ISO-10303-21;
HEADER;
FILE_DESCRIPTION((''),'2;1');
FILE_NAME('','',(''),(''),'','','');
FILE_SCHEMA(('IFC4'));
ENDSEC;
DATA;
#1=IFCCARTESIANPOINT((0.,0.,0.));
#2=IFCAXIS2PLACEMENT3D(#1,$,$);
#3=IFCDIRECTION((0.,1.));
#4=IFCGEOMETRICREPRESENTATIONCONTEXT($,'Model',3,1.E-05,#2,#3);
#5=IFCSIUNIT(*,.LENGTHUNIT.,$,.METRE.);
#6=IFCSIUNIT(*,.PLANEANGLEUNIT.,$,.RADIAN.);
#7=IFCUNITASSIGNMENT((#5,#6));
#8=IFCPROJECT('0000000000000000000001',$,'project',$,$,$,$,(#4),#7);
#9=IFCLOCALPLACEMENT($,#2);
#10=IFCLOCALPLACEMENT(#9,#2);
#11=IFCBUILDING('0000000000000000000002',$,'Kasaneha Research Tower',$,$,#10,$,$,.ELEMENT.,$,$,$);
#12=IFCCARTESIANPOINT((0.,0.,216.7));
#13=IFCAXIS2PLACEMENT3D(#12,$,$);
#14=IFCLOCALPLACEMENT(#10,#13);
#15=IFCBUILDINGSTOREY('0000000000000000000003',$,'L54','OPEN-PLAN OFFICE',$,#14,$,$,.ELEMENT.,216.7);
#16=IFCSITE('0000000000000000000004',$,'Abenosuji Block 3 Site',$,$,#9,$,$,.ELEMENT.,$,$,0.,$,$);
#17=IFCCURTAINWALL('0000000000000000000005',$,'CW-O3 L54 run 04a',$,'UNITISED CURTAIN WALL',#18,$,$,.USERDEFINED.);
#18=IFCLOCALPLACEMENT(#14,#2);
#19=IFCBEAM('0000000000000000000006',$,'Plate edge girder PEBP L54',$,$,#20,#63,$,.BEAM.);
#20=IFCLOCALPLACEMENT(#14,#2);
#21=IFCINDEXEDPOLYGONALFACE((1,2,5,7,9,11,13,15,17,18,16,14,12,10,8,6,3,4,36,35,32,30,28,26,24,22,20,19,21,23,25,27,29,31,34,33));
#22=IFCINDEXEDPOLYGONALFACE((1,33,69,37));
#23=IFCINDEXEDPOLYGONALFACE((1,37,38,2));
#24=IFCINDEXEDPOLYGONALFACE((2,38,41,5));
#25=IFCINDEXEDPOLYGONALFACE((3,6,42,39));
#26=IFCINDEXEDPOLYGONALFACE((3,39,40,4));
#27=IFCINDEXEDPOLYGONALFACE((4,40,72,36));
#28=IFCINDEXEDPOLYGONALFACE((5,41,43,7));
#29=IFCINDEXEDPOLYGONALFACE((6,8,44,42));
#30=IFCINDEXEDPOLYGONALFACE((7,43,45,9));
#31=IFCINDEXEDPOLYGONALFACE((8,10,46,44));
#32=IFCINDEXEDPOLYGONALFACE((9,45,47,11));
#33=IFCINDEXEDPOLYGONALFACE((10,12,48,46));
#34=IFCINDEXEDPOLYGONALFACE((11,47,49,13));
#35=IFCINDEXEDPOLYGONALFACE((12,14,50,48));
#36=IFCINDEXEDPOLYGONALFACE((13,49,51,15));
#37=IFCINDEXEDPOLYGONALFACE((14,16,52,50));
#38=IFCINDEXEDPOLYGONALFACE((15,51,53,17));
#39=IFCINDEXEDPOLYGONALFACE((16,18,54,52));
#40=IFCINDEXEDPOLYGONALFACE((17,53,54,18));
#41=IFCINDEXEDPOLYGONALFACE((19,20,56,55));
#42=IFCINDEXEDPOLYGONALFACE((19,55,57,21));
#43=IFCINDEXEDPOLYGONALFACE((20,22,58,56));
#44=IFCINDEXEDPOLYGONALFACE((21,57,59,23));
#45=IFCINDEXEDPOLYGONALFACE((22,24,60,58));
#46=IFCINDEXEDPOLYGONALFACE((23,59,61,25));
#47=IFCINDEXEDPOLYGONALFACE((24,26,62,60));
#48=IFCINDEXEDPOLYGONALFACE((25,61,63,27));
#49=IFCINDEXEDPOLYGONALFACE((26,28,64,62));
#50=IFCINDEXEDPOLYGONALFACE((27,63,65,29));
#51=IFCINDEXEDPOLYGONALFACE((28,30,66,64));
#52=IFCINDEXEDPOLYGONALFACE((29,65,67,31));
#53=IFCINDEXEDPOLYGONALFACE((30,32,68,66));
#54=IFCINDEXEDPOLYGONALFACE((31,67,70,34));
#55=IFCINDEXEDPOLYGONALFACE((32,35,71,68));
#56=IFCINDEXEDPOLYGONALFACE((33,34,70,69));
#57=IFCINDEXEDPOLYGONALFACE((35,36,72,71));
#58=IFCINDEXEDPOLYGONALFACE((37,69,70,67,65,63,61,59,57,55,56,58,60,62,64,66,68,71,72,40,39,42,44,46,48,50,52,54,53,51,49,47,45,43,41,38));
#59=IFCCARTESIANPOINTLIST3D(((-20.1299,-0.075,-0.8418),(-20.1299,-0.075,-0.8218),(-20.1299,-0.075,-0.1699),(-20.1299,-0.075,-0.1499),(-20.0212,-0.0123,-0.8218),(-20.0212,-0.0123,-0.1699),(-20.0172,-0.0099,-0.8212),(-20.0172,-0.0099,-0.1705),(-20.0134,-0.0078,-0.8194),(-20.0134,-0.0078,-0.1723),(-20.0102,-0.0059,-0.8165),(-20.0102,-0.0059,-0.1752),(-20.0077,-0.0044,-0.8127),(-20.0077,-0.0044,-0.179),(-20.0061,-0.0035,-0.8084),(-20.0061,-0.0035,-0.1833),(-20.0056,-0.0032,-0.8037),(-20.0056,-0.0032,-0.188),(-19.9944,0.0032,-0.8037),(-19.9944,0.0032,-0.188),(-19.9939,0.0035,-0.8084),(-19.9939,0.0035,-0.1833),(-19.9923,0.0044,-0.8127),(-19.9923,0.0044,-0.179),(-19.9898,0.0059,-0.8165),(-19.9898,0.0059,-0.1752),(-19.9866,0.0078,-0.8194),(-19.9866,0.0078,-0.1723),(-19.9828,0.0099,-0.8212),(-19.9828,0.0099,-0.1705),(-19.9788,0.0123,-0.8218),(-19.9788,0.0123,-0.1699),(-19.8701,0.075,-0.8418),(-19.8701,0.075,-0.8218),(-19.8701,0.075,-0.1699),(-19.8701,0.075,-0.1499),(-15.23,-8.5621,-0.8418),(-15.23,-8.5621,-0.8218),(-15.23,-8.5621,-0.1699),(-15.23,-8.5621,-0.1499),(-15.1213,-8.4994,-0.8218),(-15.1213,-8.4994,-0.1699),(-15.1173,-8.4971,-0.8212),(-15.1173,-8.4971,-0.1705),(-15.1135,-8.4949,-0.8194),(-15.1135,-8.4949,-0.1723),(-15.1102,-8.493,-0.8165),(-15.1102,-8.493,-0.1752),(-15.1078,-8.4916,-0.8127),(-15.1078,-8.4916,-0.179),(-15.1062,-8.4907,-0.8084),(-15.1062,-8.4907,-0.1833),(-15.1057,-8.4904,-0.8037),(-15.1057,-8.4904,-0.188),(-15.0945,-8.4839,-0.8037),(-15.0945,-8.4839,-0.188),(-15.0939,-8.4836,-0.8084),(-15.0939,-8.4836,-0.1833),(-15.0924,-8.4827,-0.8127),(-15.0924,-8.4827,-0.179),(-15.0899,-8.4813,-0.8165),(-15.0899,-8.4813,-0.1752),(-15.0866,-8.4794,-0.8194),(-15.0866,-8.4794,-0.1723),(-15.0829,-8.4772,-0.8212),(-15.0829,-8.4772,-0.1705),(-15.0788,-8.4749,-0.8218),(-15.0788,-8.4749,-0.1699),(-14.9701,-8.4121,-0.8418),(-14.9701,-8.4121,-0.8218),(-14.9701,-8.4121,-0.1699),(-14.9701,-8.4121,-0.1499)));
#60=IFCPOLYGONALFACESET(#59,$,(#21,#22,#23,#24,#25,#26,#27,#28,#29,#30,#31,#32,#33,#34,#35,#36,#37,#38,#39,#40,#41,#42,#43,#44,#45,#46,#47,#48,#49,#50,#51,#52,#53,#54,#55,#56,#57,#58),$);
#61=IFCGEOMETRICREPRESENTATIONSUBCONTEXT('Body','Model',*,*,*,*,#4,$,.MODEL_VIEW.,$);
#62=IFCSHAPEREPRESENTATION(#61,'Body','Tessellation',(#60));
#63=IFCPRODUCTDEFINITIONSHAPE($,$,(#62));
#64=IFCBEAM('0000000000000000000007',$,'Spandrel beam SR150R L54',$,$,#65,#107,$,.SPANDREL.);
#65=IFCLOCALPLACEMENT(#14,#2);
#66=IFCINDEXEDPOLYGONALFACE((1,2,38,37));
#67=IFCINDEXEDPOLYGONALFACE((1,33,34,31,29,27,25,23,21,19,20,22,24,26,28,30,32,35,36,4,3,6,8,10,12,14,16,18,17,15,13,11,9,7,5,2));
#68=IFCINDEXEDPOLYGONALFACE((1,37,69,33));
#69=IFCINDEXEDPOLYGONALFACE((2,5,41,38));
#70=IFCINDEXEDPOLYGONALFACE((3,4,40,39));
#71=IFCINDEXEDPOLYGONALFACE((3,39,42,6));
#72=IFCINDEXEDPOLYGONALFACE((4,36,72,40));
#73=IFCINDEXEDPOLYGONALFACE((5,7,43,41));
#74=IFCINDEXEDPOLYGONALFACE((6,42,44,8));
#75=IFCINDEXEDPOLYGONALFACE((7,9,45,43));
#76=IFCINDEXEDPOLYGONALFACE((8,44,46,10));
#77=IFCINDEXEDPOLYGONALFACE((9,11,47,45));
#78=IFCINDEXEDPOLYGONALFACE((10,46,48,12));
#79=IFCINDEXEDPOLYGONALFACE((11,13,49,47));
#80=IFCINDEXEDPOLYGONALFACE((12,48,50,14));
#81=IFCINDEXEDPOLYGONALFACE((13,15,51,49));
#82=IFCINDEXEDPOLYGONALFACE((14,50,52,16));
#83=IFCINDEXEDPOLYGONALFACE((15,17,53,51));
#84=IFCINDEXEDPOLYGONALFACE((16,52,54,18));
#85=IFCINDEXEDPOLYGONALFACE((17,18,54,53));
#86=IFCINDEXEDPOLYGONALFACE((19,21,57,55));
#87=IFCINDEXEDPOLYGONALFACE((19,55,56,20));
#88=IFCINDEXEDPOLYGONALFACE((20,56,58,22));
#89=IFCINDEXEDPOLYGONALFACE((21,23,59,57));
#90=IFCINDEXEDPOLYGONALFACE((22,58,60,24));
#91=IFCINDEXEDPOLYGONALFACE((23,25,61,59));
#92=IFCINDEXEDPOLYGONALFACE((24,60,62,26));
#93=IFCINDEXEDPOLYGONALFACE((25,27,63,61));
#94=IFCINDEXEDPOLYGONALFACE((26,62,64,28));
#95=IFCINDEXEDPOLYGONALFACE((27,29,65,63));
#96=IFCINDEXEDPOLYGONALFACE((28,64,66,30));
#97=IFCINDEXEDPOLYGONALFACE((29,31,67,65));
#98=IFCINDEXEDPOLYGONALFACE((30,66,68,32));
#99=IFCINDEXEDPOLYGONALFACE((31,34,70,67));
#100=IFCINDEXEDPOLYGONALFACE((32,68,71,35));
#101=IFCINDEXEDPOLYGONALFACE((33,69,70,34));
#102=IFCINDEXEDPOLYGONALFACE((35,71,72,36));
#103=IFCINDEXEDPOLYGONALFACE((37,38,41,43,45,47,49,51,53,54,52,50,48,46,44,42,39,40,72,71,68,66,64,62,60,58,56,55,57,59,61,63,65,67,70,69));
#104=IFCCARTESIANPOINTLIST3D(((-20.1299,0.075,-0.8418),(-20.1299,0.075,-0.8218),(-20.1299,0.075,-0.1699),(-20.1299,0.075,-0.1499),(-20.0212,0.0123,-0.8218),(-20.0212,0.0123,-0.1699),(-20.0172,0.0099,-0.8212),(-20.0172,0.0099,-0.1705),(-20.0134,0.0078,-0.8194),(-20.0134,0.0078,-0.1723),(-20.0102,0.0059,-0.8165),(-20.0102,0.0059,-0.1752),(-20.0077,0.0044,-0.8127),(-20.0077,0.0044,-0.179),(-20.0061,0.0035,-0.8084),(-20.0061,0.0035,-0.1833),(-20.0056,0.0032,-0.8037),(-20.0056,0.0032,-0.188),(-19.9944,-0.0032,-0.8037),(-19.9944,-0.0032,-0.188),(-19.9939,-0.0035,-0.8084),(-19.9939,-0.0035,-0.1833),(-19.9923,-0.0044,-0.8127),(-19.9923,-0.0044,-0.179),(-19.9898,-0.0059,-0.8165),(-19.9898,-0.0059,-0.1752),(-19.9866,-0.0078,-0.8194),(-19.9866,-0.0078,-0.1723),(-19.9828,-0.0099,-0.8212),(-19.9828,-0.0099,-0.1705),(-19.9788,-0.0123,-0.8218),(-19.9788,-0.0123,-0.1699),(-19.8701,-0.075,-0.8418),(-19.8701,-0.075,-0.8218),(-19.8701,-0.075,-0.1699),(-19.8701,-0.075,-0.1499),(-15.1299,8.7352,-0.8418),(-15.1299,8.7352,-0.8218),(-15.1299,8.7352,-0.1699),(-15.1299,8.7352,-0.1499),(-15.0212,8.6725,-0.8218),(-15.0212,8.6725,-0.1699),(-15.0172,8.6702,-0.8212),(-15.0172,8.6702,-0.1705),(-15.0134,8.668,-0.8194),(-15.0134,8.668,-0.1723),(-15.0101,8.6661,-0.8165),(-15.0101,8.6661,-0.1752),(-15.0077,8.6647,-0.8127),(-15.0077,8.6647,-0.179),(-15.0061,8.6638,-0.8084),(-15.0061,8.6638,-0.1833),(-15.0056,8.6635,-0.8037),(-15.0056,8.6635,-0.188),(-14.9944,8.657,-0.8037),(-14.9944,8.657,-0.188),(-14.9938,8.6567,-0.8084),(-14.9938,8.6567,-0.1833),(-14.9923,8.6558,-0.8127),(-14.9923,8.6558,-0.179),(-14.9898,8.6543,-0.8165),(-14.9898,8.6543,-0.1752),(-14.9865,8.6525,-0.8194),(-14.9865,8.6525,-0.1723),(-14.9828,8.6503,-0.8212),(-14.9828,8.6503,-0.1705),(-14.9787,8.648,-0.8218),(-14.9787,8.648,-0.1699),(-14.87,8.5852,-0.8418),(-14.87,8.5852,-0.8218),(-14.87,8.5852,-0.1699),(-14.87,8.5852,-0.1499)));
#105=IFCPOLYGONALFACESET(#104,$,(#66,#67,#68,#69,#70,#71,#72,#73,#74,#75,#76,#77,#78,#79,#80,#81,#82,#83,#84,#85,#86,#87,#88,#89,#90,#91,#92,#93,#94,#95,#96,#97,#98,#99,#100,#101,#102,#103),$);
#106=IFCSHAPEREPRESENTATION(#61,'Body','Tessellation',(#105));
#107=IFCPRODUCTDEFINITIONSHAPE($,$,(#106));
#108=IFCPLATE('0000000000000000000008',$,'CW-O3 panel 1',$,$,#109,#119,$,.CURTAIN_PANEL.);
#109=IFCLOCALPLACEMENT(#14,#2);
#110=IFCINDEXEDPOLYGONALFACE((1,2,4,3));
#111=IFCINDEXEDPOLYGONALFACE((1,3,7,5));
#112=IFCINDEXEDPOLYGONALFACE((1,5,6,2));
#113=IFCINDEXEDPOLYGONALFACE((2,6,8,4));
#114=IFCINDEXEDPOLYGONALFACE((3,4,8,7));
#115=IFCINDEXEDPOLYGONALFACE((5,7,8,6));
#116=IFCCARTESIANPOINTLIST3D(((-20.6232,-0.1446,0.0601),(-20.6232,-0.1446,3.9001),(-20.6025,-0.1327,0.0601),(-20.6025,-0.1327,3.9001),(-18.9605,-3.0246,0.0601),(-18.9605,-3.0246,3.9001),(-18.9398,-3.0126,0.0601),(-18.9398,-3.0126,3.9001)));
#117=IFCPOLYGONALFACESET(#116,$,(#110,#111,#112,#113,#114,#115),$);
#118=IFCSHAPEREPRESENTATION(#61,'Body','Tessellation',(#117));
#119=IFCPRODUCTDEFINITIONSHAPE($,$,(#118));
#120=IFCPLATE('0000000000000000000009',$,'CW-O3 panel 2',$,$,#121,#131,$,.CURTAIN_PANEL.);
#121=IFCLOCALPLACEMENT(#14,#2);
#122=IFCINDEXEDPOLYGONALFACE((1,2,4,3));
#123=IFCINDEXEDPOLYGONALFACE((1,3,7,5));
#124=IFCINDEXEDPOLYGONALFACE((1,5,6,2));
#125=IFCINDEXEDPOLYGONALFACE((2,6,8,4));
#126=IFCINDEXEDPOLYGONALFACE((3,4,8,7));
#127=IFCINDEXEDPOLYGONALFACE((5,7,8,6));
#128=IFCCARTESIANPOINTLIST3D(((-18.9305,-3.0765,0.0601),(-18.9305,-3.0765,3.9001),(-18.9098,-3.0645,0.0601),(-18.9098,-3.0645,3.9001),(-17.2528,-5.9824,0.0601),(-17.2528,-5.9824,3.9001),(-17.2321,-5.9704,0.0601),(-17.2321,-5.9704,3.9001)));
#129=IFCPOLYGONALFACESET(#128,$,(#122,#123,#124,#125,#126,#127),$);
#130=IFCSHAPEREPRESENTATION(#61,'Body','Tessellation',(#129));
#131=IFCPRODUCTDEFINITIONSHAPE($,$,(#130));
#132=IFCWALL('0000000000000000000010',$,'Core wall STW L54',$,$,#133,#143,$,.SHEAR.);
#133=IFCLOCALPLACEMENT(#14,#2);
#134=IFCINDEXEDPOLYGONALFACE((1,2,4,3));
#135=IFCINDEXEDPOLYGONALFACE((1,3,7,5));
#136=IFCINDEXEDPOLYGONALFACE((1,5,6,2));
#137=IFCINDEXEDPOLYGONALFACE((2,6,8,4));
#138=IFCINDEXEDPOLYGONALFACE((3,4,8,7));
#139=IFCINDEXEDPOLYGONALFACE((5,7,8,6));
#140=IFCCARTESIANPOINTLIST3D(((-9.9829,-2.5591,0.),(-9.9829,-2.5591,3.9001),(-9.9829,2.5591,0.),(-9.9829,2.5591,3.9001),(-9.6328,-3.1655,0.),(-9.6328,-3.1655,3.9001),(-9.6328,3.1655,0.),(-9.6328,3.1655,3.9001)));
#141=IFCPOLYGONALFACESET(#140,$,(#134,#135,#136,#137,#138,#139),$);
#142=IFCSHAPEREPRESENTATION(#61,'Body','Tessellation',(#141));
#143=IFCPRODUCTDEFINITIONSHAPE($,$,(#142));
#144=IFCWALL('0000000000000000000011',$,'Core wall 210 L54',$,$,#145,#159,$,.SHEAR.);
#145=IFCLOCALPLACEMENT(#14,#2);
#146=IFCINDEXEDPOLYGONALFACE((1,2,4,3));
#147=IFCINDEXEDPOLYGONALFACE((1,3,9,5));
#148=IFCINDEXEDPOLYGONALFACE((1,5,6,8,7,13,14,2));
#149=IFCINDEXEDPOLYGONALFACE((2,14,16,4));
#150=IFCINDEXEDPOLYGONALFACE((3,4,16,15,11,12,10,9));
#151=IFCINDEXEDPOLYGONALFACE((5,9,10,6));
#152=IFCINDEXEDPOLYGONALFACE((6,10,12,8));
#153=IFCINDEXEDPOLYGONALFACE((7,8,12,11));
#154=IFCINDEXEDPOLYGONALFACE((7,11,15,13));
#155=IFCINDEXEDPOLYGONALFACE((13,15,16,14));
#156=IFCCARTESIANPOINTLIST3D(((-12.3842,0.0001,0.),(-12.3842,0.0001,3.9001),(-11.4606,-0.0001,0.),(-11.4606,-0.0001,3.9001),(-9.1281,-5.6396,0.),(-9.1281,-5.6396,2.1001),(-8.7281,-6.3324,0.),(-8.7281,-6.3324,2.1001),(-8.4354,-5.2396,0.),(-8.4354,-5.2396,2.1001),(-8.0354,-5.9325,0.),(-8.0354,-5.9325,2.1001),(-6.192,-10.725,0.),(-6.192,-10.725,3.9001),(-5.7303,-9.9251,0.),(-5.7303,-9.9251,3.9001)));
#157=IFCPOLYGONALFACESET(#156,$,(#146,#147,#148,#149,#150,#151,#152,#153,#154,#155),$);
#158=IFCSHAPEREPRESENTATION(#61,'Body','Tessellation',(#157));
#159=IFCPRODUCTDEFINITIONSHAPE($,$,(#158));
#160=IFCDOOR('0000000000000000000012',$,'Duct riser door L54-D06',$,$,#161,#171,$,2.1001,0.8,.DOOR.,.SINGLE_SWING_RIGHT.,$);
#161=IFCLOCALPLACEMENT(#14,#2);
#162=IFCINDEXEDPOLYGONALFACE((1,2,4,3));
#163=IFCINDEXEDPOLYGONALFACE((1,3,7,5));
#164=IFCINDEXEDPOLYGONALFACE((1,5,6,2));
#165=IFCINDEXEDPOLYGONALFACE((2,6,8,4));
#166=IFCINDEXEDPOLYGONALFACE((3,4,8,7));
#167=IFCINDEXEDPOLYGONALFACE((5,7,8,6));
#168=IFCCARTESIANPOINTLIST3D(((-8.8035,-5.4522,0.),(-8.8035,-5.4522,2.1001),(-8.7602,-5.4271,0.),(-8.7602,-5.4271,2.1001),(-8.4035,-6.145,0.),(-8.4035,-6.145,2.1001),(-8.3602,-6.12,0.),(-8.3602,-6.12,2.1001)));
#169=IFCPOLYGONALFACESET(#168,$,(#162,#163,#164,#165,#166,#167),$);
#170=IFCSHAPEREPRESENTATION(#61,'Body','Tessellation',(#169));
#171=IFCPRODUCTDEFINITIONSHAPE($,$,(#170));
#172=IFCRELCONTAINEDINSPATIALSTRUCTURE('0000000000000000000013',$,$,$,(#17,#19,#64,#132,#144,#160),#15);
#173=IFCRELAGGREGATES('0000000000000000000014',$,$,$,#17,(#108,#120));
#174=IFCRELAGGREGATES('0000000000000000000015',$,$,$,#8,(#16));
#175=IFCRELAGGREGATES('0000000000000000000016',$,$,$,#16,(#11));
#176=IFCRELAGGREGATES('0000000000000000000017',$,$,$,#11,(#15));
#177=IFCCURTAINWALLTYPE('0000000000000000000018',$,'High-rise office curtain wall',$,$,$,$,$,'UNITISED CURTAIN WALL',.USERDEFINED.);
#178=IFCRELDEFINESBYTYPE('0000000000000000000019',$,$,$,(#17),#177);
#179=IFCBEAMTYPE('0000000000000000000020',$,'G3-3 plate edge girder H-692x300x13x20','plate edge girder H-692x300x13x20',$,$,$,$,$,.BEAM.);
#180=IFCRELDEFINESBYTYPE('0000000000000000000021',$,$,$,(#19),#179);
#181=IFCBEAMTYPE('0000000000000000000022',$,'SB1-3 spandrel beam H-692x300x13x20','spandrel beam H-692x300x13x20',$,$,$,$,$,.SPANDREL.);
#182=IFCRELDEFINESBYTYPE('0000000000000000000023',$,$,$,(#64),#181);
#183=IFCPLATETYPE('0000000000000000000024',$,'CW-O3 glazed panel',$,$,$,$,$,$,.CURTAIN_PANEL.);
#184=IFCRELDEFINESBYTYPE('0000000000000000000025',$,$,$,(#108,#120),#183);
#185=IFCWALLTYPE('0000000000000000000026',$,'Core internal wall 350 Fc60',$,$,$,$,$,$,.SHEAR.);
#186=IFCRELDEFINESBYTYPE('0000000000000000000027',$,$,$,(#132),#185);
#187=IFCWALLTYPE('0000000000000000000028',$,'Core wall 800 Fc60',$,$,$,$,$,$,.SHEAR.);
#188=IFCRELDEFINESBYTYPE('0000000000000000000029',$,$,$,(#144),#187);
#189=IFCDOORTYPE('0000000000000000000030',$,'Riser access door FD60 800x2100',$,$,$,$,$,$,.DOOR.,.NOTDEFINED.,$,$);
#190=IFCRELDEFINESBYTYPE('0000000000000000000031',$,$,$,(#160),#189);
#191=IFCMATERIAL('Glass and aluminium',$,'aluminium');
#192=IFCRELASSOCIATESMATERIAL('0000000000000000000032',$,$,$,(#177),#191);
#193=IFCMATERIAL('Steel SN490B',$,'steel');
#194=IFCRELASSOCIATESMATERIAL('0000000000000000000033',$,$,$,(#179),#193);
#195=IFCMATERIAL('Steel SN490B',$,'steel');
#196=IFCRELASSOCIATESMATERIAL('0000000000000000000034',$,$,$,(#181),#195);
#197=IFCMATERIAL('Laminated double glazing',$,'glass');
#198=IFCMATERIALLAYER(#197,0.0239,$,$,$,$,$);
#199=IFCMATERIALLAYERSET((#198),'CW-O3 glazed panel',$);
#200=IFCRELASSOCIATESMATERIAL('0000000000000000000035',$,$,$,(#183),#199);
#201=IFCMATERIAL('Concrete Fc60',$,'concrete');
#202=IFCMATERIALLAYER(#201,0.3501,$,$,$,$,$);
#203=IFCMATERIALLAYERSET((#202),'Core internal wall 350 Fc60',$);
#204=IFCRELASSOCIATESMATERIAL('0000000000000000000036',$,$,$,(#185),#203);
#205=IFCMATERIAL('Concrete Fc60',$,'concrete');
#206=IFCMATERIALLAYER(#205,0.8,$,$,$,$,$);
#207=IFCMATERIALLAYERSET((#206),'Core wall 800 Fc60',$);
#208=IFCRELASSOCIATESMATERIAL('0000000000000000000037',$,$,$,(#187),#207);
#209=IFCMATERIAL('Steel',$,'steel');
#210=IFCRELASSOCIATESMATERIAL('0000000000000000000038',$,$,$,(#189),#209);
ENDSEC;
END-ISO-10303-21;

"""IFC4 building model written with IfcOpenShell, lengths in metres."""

from ifc_helpers import new_model, si_unit, direction, frame, frame_2d, origin, origin_2d, place, context, subcontext, project, spatial, polyline, rectangle, i_section, outline, extrude, material, layer, layer_set, material_profile, profile_set, type_object, element, fill, aggregate, save


model = new_model("IFC4")

# Units and contexts
model_context = context("Model", 3, precision=1e-05, world=origin(), true_north=direction((0.0, 1.0)))
body_context = subcontext(model_context, "Body", "Model", "MODEL_VIEW")
ifc_project = project(units=[si_unit("LENGTHUNIT", "METRE"), si_unit("PLANEANGLEUNIT", "RADIAN")], contexts=[model_context])

# Site, building, storey
site_placement = place(None, origin())
site = spatial("IfcSite", under=ifc_project, at=site_placement, Name="Abenosuji Block 3 Site", CompositionType="ELEMENT", RefElevation=0.0)
building_placement = place(site_placement, origin())
building = spatial("IfcBuilding", under=site, at=building_placement, Name="Kasaneha Research Tower", CompositionType="ELEMENT")
storey_placement = place(building_placement, frame((0.0, 0.0, 216.7)))
storey = spatial("IfcBuildingStorey", under=building, at=storey_placement, Name="L54", Description="OPEN-PLAN OFFICE", CompositionType="ELEMENT", Elevation=216.7)

# Curtain wall
ifc_material_1 = material(Name="Glass and aluminium", Category="aluminium")
curtain_wall_type = type_object("IfcCurtainWallType", Name="High-rise office curtain wall", ElementType="UNITISED CURTAIN WALL", PredefinedType="USERDEFINED", material=ifc_material_1)
curtain_wall_placement = place(storey_placement, origin())
curtain_wall = element("IfcCurtainWall", 1, at=curtain_wall_placement, inside=storey, type_object=curtain_wall_type, Name="CW-O3 L54 run 04a", ObjectType="UNITISED CURTAIN WALL", PredefinedType="USERDEFINED")

# Beams
ifc_material_2 = material(Name="Steel SN490B", Category="steel")
ifc_material_profile_1 = material_profile(ifc_material_2, i_section(OverallWidth=0.3, OverallDepth=0.6919, WebThickness=0.0129, FlangeThickness=0.02, FilletRadius=0.0181, at=origin_2d()), Name="H-692x300x13x20")
ifc_profile_set_1 = profile_set([ifc_material_profile_1], Name="Steel SN490B")
beam_type_1 = type_object("IfcBeamType", Name="G3-3 plate edge girder H-692x300x13x20", Description="plate edge girder H-692x300x13x20", PredefinedType="BEAM", material=ifc_profile_set_1)
beam_1_placement = place(storey_placement, frame((-20.0, 0.0, -0.4958), z_axis=(0.499992, -0.86603, 0.0), x_axis=(0.86603, 0.499992, 0.0)))
element("IfcBeam", 2, at=beam_1_placement, inside=storey, type_object=beam_type_1, Name="Plate edge girder PEBP L54", PredefinedType="BEAM", context=body_context, shape_type="SweptSolid", body=[
    extrude(i_section(OverallWidth=0.3, OverallDepth=0.6919, WebThickness=0.0129, FlangeThickness=0.02, FilletRadius=0.0181, at=origin_2d()), origin(), (0.0, 0.0, 1.0), 9.8),
])
ifc_material_3 = material(Name="Steel SN490B", Category="steel")
ifc_material_profile_2 = material_profile(ifc_material_3, i_section(OverallWidth=0.3, OverallDepth=0.6919, WebThickness=0.0129, FlangeThickness=0.02, FilletRadius=0.0181, at=origin_2d()), Name="H-692x300x13x20")
ifc_profile_set_2 = profile_set([ifc_material_profile_2], Name="Steel SN490B")
beam_type_2 = type_object("IfcBeamType", Name="SB1-3 spandrel beam H-692x300x13x20", Description="spandrel beam H-692x300x13x20", PredefinedType="SPANDREL", material=ifc_profile_set_2)
beam_2_placement = place(storey_placement, frame((-20.0, 0.0, -0.4958), z_axis=(0.500004, 0.866023, 0.0), x_axis=(-0.866023, 0.500004, 0.0)))
element("IfcBeam", 3, at=beam_2_placement, inside=storey, type_object=beam_type_2, Name="Spandrel beam SR150R L54", PredefinedType="SPANDREL", context=body_context, shape_type="SweptSolid", body=[
    extrude(i_section(OverallWidth=0.3, OverallDepth=0.6919, WebThickness=0.0129, FlangeThickness=0.02, FilletRadius=0.0181, at=origin_2d()), origin(), (0.0, 0.0, 1.0), 10.0),
])

# Plates
ifc_material_4 = material(Name="Laminated double glazing", Category="glass")
ifc_layer_1 = layer(ifc_material_4, 0.0239)
ifc_layer_set_1 = layer_set([ifc_layer_1], Name="CW-O3 glazed panel")
plate_type = type_object("IfcPlateType", Name="CW-O3 glazed panel", PredefinedType="CURTAIN_PANEL", material=ifc_layer_set_1)
plate_1_placement = place(storey_placement, frame((-19.7815, -1.5786, 0.0601), z_axis=(0.0, 0.0, 1.0), x_axis=(0.5, -0.866025, 0.0)))
plate_1 = element("IfcPlate", 4, at=plate_1_placement, type_object=plate_type, Name="CW-O3 panel 1", PredefinedType="CURTAIN_PANEL", context=body_context, shape_type="SweptSolid", body=[
    extrude(rectangle(XDim=3.3254, YDim=0.0239, at=origin_2d()), origin(), (0.0, 0.0, 1.0), 3.8401),
])
plate_2_placement = place(storey_placement, frame((-18.0813, -4.5234, 0.0601), z_axis=(0.0, 0.0, 1.0), x_axis=(0.5, -0.866025, 0.0)))
plate_2 = element("IfcPlate", 5, at=plate_2_placement, type_object=plate_type, Name="CW-O3 panel 2", PredefinedType="CURTAIN_PANEL", context=body_context, shape_type="SweptSolid", body=[
    extrude(rectangle(XDim=3.3555, YDim=0.0239, at=origin_2d()), origin(), (0.0, 0.0, 1.0), 3.8401),
])
aggregate(curtain_wall, [plate_1, plate_2])

# Shared definitions
ifc_material_5 = material(Name="Concrete Fc60", Category="concrete")
ifc_layer_2 = layer(ifc_material_5, 0.3501)
ifc_layer_set_2 = layer_set([ifc_layer_2], Name="Core internal wall 350 Fc60")
wall_type_1 = type_object("IfcWallType", Name="Core internal wall 350 Fc60", PredefinedType="SHEAR", material=ifc_layer_set_2)

# Wall
wall_1_placement = place(storey_placement, frame((-9.8079, -2.8623, 0.0), z_axis=(0.0, 0.0, 1.0), x_axis=(0.0, 1.0, 0.0)))
element("IfcWall", 6, at=wall_1_placement, inside=storey, type_object=wall_type_1, Name="Core wall STW L54", PredefinedType="SHEAR", context=body_context, shape_type="SweptSolid", body=[
    extrude(outline(polyline([(-0.3032, -0.175), (6.0278, -0.175), (5.4214, 0.175), (0.3032, 0.175), (-0.3032, -0.175)])), origin(), (0.0, 0.0, 1.0), 3.9001),
])

# Wall, opening, door
ifc_material_6 = material(Name="Concrete Fc60", Category="concrete")
ifc_layer_3 = layer(ifc_material_6, 0.8)
ifc_layer_set_3 = layer_set([ifc_layer_3], Name="Core wall 800 Fc60")
wall_type_2 = type_object("IfcWallType", Name="Core wall 800 Fc60", PredefinedType="SHEAR", material=ifc_layer_set_3)
wall_2_placement = place(storey_placement, frame((-11.9224, 0.0, 0.0), z_axis=(0.0, 0.0, 1.0), x_axis=(0.500004, -0.866023, 0.0)))
wall_2 = element("IfcWall", 7, at=wall_2_placement, inside=storey, type_object=wall_type_2, Name="Core wall 210 L54", PredefinedType="SHEAR", context=body_context, shape_type="SweptSolid", body=[
    extrude(outline(polyline([(-0.231, -0.3999), (6.2812, -0.3999), (7.0813, -0.3999), (12.1533, -0.3999), (11.6914, 0.3999), (7.0813, 0.3999), (6.2812, 0.3999), (0.231, 0.3999), (-0.231, -0.3999)])), origin(), (0.0, 0.0, 1.0), 3.9001),
])
opening_1_placement = place(wall_2_placement, frame((6.2812, 0.0, 0.0)))
opening_1 = element("IfcOpeningElement", 8, at=opening_1_placement, cuts=wall_2, PredefinedType="OPENING", context=body_context, shape_type="SweptSolid", body=[
    extrude(rectangle(XDim=0.8, YDim=2.1001, at=frame_2d((0.3999, 1.05))), frame((0.0, 0.4102, 0.0), z_axis=(0.0, -1.0, 0.0), x_axis=(1.0, 0.0, 0.0)), (0.0, 0.0, 1.0), 0.8201),
])
ifc_material_7 = material(Name="Steel", Category="steel")
door_type_1 = type_object("IfcDoorType", Name="Riser access door FD60 800x2100", OperationType="NOTDEFINED", PredefinedType="DOOR", material=ifc_material_7)
door_1_placement = place(opening_1_placement, origin())
door_1 = element("IfcDoor", 9, at=door_1_placement, inside=storey, type_object=door_type_1, Name="Duct riser door L54-D06", OperationType="SINGLE_SWING_RIGHT", OverallHeight=2.1001, OverallWidth=0.8, PredefinedType="DOOR", context=body_context, shape_type="SweptSolid", body=[
    extrude(rectangle(XDim=0.8, YDim=2.1001, at=frame_2d((0.3999, 1.05))), frame((0.0, 0.0249, 0.0), z_axis=(0.0, -1.0, 0.0), x_axis=(1.0, 0.0, 0.0)), (0.0, 0.0, 1.0), 0.05),
])
fill(opening_1, door_1)

save(model, "model.ifc")
